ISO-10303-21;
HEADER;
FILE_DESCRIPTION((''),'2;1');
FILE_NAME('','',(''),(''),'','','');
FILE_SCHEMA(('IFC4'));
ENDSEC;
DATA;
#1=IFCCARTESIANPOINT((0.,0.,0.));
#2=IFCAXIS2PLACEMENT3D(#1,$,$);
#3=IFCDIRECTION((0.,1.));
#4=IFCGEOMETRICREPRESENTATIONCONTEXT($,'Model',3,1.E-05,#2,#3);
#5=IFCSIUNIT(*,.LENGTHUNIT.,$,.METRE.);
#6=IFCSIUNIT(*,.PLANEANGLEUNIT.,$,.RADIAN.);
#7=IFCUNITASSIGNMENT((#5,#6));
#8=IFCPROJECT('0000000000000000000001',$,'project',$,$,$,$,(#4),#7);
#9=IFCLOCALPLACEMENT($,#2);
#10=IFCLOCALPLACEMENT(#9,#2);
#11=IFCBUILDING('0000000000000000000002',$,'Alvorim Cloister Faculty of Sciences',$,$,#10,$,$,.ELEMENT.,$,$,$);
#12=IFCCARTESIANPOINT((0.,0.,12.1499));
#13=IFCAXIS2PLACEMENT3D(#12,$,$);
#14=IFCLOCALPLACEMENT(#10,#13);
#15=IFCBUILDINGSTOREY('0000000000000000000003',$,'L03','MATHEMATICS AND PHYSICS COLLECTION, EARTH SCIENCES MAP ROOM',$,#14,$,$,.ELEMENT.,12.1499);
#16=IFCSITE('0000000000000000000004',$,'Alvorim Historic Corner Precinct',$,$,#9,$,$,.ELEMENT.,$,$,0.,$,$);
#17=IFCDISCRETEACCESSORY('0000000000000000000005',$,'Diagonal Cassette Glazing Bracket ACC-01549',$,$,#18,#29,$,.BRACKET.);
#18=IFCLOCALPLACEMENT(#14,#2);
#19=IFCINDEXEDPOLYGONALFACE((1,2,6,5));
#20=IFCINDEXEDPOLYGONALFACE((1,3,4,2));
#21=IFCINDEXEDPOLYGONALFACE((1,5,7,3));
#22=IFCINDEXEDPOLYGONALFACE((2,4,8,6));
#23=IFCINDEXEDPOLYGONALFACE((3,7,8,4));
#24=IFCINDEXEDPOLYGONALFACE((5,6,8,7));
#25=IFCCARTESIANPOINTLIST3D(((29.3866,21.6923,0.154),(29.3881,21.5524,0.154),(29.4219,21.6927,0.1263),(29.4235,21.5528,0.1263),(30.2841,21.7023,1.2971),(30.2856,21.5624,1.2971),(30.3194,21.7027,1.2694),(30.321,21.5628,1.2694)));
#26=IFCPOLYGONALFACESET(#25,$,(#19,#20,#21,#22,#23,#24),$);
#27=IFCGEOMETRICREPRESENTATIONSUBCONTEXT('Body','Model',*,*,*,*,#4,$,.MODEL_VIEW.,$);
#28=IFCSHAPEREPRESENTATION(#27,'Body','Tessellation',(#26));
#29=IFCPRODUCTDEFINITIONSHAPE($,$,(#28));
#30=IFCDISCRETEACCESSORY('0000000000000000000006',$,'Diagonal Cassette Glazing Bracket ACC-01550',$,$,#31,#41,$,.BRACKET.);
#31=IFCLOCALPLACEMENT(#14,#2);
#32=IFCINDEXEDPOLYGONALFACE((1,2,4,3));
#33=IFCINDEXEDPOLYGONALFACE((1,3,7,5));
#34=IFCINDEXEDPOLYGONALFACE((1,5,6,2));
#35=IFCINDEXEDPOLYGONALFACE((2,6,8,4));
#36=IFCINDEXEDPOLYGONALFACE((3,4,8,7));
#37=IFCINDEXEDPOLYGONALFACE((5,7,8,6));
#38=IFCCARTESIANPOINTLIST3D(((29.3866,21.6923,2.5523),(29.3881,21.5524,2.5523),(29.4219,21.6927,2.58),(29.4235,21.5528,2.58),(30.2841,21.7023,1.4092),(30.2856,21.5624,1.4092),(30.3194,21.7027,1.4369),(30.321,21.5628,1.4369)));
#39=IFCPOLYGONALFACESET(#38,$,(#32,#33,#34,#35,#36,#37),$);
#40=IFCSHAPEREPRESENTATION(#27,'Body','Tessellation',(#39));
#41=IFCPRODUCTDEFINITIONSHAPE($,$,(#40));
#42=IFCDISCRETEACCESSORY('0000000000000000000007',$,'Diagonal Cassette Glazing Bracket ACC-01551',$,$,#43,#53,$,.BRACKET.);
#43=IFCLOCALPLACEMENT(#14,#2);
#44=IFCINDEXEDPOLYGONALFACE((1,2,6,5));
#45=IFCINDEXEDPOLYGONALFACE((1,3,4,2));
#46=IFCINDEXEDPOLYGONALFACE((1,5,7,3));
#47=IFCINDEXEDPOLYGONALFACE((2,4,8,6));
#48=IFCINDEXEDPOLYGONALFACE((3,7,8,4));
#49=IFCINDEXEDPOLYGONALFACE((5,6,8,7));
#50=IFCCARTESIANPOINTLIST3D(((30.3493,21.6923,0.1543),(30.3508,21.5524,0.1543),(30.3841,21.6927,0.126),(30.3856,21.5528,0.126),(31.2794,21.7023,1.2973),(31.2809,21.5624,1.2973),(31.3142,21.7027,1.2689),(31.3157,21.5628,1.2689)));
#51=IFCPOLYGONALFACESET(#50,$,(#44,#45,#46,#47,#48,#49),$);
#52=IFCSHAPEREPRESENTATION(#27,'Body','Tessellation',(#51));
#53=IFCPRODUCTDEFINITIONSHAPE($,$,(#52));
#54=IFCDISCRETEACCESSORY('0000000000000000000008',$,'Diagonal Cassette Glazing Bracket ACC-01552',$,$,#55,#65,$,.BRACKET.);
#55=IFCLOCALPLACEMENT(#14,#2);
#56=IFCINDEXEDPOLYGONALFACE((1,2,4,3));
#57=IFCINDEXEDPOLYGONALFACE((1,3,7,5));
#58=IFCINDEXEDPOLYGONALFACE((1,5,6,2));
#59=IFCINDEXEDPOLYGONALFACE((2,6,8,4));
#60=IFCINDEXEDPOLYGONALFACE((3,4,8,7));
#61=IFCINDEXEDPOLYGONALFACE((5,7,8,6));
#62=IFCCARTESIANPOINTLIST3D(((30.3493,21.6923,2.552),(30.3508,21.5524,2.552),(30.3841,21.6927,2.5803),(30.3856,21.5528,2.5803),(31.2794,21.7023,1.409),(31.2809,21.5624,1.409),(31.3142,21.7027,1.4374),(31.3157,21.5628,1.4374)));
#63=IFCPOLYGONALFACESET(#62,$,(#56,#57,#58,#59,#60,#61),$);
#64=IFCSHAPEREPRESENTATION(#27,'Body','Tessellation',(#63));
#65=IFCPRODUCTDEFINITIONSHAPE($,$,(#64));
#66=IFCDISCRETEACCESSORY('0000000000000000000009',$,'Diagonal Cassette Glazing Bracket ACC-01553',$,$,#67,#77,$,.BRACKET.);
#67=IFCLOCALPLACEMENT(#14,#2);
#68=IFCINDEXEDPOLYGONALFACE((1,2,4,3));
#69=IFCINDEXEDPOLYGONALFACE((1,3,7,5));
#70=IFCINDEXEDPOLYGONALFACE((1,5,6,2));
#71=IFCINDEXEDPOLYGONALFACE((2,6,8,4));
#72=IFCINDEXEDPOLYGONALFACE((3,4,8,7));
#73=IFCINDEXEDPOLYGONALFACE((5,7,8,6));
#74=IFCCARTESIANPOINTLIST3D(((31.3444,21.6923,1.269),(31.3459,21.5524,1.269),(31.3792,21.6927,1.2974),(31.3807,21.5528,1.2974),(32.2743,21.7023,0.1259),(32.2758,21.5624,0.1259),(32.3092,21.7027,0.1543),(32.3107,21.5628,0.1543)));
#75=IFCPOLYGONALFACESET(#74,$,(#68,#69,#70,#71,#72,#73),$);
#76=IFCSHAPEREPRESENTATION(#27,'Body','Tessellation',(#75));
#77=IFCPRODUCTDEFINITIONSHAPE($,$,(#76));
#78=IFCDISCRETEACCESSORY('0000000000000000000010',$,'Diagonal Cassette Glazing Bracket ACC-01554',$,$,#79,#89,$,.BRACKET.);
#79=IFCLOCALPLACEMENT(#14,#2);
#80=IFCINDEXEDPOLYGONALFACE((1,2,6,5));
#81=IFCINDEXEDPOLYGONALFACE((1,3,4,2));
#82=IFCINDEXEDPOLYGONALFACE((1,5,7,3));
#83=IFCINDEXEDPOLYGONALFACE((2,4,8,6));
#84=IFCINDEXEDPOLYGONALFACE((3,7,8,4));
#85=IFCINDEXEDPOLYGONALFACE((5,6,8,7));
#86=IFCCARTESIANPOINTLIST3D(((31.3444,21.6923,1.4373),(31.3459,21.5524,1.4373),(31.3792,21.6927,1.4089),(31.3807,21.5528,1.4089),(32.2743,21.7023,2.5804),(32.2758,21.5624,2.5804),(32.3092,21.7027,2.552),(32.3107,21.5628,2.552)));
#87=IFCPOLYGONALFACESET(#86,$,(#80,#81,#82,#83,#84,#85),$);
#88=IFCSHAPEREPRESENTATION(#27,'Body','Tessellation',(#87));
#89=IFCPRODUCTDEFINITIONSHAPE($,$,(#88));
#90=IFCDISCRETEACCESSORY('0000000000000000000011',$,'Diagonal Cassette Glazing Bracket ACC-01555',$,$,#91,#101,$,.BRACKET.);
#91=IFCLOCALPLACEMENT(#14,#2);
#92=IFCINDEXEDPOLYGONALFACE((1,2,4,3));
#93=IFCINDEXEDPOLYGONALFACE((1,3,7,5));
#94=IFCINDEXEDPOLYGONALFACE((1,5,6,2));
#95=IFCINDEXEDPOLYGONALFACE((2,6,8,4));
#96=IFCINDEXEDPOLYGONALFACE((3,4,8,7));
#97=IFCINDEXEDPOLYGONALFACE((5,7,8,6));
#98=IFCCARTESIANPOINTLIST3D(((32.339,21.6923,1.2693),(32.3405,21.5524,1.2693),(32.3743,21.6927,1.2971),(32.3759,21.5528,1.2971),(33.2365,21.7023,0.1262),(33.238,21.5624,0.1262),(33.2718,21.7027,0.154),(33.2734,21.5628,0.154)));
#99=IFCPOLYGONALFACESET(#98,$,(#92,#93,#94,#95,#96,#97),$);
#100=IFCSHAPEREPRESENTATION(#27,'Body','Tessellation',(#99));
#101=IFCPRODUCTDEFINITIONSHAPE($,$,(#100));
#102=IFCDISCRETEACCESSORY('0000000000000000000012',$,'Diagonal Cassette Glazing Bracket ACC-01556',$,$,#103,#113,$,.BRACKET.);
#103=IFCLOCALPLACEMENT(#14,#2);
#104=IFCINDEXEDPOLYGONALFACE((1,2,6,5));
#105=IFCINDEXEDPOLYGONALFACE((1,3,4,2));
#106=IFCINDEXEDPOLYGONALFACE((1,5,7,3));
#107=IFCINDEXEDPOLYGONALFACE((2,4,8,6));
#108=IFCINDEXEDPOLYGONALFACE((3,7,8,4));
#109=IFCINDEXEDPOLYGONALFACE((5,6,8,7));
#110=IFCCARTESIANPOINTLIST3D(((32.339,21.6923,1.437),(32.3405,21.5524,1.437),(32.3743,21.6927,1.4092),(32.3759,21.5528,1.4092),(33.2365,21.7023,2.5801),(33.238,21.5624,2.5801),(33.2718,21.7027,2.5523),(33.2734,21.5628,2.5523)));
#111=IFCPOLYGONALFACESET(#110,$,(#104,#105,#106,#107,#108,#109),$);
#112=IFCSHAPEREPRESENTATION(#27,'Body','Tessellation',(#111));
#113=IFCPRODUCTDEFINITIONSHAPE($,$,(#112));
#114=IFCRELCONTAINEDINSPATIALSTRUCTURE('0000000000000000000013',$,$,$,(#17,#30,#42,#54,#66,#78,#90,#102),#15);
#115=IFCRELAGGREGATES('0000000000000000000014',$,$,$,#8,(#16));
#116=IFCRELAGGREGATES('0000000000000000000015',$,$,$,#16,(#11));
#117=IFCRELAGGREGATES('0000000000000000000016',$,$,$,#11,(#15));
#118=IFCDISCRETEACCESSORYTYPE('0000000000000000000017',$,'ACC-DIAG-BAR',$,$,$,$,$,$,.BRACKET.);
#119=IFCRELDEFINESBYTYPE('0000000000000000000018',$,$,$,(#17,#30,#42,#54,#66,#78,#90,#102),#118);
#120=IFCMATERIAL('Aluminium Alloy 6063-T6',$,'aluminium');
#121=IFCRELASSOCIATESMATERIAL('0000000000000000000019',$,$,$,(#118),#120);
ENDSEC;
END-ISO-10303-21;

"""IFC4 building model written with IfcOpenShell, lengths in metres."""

from ifc_helpers import new_model, si_unit, direction, frame, origin, origin_2d, place, context, subcontext, project, spatial, rectangle, extrude, material, type_object, element, save


model = new_model("IFC4")

# Units and contexts
model_context = context("Model", 3, precision=1e-05, world=origin(), true_north=direction((0.0, 1.0)))
body_context = subcontext(model_context, "Body", "Model", "MODEL_VIEW")
ifc_project = project(units=[si_unit("LENGTHUNIT", "METRE"), si_unit("PLANEANGLEUNIT", "RADIAN")], contexts=[model_context])

# Site, building, storey
site_placement = place(None, origin())
site = spatial("IfcSite", under=ifc_project, at=site_placement, Name="Alvorim Historic Corner Precinct", CompositionType="ELEMENT", RefElevation=0.0)
building_placement = place(site_placement, origin())
building = spatial("IfcBuilding", under=site, at=building_placement, Name="Alvorim Cloister Faculty of Sciences", CompositionType="ELEMENT")
storey_placement = place(building_placement, frame((0.0, 0.0, 12.1499)))
storey = spatial("IfcBuildingStorey", under=building, at=storey_placement, Name="L03", Description="MATHEMATICS AND PHYSICS COLLECTION, EARTH SCIENCES MAP ROOM", CompositionType="ELEMENT", Elevation=12.1499)

# Shared definitions
ifc_material_1 = material(Name="Aluminium Alloy 6063-T6", Category="aluminium")

# Discrete accessories
discrete_accessory_type = type_object("IfcDiscreteAccessoryType", Name="ACC-DIAG-BAR", PredefinedType="BRACKET", material=ifc_material_1)
for number, where, z_axis, x_axis, name in (
    (1, (29.405, 21.6226, 0.1401), (0.617525, 0.006888, 0.786521), (-0.011153, 0.999938, 0.0), "Diagonal Cassette Glazing Bracket ACC-01549"),
    (2, (29.405, 21.6226, 2.5662), (0.617525, 0.006888, -0.786521), (-0.011153, 0.999938, 0.0), "Diagonal Cassette Glazing Bracket ACC-01550"),
):
    element("IfcDiscreteAccessory", number, at=place(storey_placement, frame(where, z_axis=z_axis, x_axis=x_axis)), inside=storey, type_object=discrete_accessory_type, Name=name, PredefinedType="BRACKET", context=body_context, shape_type="SweptSolid", body=[
        extrude(rectangle(XDim=0.1399, YDim=0.0449, at=origin_2d()), origin(), (0.0, 0.0, 1.0), 1.4534),
    ])
for number, where, z_axis, x_axis, name in (
    (3, (30.3674, 21.6226, 0.1401), (0.631164, 0.006792, 0.77562), (-0.010761, 0.999942, 0.0), "Diagonal Cassette Glazing Bracket ACC-01551"),
    (4, (30.3674, 21.6226, 2.5662), (0.631164, 0.006792, -0.77562), (-0.010761, 0.999942, 0.0), "Diagonal Cassette Glazing Bracket ACC-01552"),
    (5, (31.3625, 21.6226, 1.2832), (0.631064, 0.006793, -0.775701), (-0.010763, 0.999942, 0.0), "Diagonal Cassette Glazing Bracket ACC-01553"),
    (6, (31.3625, 21.6226, 1.4231), (0.631064, 0.006793, 0.775701), (-0.010763, 0.999942, 0.0), "Diagonal Cassette Glazing Bracket ACC-01554"),
):
    element("IfcDiscreteAccessory", number, at=place(storey_placement, frame(where, z_axis=z_axis, x_axis=x_axis)), inside=storey, type_object=discrete_accessory_type, Name=name, PredefinedType="BRACKET", context=body_context, shape_type="SweptSolid", body=[
        extrude(rectangle(XDim=0.1399, YDim=0.0449, at=origin_2d()), origin(), (0.0, 0.0, 1.0), 1.4736),
    ])
for number, where, z_axis, x_axis, name in (
    (7, (32.3574, 21.6226, 1.2832), (0.617525, 0.006888, -0.786521), (-0.011153, 0.999938, 0.0), "Diagonal Cassette Glazing Bracket ACC-01555"),
    (8, (32.3574, 21.6226, 1.4231), (0.617525, 0.006888, 0.786521), (-0.011153, 0.999938, 0.0), "Diagonal Cassette Glazing Bracket ACC-01556"),
):
    element("IfcDiscreteAccessory", number, at=place(storey_placement, frame(where, z_axis=z_axis, x_axis=x_axis)), inside=storey, type_object=discrete_accessory_type, Name=name, PredefinedType="BRACKET", context=body_context, shape_type="SweptSolid", body=[
        extrude(rectangle(XDim=0.1399, YDim=0.0449, at=origin_2d()), origin(), (0.0, 0.0, 1.0), 1.4534),
    ])

save(model, "model.ifc")
